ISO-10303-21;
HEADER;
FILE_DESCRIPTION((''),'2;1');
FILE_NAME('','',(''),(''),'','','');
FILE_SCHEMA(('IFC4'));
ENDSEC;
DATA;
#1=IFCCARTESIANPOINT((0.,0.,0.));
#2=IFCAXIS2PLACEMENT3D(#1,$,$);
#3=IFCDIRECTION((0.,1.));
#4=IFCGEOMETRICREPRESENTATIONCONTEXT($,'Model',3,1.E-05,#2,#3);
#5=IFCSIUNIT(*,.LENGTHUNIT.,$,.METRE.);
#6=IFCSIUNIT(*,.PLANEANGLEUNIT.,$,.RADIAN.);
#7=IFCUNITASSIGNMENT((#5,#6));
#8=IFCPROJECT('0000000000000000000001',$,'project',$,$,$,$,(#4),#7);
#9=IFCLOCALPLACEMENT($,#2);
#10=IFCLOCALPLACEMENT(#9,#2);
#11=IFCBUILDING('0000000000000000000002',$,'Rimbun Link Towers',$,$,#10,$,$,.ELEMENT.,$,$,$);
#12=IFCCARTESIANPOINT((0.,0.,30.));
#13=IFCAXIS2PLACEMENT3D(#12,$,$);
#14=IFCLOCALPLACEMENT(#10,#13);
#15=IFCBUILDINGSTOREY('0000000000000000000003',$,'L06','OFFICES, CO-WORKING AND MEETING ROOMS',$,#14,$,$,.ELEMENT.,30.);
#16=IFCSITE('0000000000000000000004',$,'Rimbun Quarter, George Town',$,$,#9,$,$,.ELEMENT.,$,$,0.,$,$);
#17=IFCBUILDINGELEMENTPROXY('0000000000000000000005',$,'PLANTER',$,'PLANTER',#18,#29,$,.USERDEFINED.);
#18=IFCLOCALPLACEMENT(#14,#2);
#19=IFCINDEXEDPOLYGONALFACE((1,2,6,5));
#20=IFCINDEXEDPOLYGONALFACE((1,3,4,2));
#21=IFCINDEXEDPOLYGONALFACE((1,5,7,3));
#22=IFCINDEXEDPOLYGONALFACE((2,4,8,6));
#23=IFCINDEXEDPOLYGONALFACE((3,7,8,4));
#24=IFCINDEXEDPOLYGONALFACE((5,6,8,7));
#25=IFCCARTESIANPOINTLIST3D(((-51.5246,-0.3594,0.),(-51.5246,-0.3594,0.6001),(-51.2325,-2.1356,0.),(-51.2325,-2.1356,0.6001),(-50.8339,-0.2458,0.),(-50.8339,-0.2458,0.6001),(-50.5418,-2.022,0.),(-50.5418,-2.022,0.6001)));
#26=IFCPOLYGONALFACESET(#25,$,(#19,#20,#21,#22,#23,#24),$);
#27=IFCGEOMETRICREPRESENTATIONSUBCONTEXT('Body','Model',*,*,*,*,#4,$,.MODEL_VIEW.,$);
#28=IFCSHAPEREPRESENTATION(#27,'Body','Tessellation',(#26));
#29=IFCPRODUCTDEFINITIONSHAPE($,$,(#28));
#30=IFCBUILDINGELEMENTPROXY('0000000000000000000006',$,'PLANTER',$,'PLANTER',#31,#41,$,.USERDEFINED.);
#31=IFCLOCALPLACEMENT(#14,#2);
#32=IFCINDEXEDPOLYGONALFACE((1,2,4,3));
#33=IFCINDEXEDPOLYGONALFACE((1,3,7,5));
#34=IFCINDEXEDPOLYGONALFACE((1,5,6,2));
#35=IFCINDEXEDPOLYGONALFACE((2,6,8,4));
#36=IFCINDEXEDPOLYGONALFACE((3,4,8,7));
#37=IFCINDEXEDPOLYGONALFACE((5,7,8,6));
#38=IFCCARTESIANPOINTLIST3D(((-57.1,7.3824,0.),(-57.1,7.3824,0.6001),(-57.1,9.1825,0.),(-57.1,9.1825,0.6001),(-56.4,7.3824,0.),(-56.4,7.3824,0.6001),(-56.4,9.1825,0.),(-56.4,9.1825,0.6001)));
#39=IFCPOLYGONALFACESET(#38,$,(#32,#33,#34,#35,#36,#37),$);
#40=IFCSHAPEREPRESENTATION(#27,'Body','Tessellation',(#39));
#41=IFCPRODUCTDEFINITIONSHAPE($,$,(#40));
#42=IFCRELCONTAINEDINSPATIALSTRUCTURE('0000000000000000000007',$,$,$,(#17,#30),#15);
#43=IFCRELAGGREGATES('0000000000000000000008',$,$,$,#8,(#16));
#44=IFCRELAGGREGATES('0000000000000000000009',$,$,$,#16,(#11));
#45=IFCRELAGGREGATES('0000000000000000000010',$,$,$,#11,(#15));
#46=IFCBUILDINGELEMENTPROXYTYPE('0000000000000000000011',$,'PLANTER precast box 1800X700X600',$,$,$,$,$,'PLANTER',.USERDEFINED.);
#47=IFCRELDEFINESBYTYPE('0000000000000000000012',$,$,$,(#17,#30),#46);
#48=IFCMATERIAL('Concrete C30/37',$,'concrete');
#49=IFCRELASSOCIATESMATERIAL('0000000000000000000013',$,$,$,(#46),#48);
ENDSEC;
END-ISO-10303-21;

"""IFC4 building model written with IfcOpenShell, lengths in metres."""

from ifc_helpers import new_model, si_unit, direction, frame, origin, origin_2d, place, context, subcontext, project, spatial, rectangle, extrude, material, type_object, element, save


model = new_model("IFC4")

# Units and contexts
model_context = context("Model", 3, precision=1e-05, world=origin(), true_north=direction((0.0, 1.0)))
body_context = subcontext(model_context, "Body", "Model", "MODEL_VIEW")
ifc_project = project(units=[si_unit("LENGTHUNIT", "METRE"), si_unit("PLANEANGLEUNIT", "RADIAN")], contexts=[model_context])

# Site, building, storey
site_placement = place(None, origin())
site = spatial("IfcSite", under=ifc_project, at=site_placement, Name="Rimbun Quarter, George Town", CompositionType="ELEMENT", RefElevation=0.0)
building_placement = place(site_placement, origin())
building = spatial("IfcBuilding", under=site, at=building_placement, Name="Rimbun Link Towers", CompositionType="ELEMENT")
storey_placement = place(building_placement, frame((0.0, 0.0, 30.0)))
storey = spatial("IfcBuildingStorey", under=building, at=storey_placement, Name="L06", Description="OFFICES, CO-WORKING AND MEETING ROOMS", CompositionType="ELEMENT", Elevation=30.0)

# Building element proxies
ifc_material_1 = material(Name="Concrete C30/37", Category="concrete")
building_element_proxy_type = type_object("IfcBuildingElementProxyType", Name="PLANTER precast box 1800X700X600", ElementType="PLANTER", PredefinedType="USERDEFINED", material=ifc_material_1)
for number, where, z_axis, x_axis, name in (
    (1, (-51.0332, -1.1907, 0.0), (0.0, 0.0, 1.0), (0.162263, -0.986748, 0.0), "PLANTER"),
    (2, (-56.75, 8.2825, 0.0), (0.0, 0.0, 1.0), (0.0, -1.0, 0.0), "PLANTER"),
):
    element("IfcBuildingElementProxy", number, at=place(storey_placement, frame(where, z_axis=z_axis, x_axis=x_axis)), inside=storey, type_object=building_element_proxy_type, Name=name, ObjectType="PLANTER", PredefinedType="USERDEFINED", context=body_context, shape_type="SweptSolid", body=[
        extrude(rectangle(XDim=1.8, YDim=0.7, at=origin_2d()), origin(), (0.0, 0.0, 1.0), 0.6001),
    ])

save(model, "model.ifc")
